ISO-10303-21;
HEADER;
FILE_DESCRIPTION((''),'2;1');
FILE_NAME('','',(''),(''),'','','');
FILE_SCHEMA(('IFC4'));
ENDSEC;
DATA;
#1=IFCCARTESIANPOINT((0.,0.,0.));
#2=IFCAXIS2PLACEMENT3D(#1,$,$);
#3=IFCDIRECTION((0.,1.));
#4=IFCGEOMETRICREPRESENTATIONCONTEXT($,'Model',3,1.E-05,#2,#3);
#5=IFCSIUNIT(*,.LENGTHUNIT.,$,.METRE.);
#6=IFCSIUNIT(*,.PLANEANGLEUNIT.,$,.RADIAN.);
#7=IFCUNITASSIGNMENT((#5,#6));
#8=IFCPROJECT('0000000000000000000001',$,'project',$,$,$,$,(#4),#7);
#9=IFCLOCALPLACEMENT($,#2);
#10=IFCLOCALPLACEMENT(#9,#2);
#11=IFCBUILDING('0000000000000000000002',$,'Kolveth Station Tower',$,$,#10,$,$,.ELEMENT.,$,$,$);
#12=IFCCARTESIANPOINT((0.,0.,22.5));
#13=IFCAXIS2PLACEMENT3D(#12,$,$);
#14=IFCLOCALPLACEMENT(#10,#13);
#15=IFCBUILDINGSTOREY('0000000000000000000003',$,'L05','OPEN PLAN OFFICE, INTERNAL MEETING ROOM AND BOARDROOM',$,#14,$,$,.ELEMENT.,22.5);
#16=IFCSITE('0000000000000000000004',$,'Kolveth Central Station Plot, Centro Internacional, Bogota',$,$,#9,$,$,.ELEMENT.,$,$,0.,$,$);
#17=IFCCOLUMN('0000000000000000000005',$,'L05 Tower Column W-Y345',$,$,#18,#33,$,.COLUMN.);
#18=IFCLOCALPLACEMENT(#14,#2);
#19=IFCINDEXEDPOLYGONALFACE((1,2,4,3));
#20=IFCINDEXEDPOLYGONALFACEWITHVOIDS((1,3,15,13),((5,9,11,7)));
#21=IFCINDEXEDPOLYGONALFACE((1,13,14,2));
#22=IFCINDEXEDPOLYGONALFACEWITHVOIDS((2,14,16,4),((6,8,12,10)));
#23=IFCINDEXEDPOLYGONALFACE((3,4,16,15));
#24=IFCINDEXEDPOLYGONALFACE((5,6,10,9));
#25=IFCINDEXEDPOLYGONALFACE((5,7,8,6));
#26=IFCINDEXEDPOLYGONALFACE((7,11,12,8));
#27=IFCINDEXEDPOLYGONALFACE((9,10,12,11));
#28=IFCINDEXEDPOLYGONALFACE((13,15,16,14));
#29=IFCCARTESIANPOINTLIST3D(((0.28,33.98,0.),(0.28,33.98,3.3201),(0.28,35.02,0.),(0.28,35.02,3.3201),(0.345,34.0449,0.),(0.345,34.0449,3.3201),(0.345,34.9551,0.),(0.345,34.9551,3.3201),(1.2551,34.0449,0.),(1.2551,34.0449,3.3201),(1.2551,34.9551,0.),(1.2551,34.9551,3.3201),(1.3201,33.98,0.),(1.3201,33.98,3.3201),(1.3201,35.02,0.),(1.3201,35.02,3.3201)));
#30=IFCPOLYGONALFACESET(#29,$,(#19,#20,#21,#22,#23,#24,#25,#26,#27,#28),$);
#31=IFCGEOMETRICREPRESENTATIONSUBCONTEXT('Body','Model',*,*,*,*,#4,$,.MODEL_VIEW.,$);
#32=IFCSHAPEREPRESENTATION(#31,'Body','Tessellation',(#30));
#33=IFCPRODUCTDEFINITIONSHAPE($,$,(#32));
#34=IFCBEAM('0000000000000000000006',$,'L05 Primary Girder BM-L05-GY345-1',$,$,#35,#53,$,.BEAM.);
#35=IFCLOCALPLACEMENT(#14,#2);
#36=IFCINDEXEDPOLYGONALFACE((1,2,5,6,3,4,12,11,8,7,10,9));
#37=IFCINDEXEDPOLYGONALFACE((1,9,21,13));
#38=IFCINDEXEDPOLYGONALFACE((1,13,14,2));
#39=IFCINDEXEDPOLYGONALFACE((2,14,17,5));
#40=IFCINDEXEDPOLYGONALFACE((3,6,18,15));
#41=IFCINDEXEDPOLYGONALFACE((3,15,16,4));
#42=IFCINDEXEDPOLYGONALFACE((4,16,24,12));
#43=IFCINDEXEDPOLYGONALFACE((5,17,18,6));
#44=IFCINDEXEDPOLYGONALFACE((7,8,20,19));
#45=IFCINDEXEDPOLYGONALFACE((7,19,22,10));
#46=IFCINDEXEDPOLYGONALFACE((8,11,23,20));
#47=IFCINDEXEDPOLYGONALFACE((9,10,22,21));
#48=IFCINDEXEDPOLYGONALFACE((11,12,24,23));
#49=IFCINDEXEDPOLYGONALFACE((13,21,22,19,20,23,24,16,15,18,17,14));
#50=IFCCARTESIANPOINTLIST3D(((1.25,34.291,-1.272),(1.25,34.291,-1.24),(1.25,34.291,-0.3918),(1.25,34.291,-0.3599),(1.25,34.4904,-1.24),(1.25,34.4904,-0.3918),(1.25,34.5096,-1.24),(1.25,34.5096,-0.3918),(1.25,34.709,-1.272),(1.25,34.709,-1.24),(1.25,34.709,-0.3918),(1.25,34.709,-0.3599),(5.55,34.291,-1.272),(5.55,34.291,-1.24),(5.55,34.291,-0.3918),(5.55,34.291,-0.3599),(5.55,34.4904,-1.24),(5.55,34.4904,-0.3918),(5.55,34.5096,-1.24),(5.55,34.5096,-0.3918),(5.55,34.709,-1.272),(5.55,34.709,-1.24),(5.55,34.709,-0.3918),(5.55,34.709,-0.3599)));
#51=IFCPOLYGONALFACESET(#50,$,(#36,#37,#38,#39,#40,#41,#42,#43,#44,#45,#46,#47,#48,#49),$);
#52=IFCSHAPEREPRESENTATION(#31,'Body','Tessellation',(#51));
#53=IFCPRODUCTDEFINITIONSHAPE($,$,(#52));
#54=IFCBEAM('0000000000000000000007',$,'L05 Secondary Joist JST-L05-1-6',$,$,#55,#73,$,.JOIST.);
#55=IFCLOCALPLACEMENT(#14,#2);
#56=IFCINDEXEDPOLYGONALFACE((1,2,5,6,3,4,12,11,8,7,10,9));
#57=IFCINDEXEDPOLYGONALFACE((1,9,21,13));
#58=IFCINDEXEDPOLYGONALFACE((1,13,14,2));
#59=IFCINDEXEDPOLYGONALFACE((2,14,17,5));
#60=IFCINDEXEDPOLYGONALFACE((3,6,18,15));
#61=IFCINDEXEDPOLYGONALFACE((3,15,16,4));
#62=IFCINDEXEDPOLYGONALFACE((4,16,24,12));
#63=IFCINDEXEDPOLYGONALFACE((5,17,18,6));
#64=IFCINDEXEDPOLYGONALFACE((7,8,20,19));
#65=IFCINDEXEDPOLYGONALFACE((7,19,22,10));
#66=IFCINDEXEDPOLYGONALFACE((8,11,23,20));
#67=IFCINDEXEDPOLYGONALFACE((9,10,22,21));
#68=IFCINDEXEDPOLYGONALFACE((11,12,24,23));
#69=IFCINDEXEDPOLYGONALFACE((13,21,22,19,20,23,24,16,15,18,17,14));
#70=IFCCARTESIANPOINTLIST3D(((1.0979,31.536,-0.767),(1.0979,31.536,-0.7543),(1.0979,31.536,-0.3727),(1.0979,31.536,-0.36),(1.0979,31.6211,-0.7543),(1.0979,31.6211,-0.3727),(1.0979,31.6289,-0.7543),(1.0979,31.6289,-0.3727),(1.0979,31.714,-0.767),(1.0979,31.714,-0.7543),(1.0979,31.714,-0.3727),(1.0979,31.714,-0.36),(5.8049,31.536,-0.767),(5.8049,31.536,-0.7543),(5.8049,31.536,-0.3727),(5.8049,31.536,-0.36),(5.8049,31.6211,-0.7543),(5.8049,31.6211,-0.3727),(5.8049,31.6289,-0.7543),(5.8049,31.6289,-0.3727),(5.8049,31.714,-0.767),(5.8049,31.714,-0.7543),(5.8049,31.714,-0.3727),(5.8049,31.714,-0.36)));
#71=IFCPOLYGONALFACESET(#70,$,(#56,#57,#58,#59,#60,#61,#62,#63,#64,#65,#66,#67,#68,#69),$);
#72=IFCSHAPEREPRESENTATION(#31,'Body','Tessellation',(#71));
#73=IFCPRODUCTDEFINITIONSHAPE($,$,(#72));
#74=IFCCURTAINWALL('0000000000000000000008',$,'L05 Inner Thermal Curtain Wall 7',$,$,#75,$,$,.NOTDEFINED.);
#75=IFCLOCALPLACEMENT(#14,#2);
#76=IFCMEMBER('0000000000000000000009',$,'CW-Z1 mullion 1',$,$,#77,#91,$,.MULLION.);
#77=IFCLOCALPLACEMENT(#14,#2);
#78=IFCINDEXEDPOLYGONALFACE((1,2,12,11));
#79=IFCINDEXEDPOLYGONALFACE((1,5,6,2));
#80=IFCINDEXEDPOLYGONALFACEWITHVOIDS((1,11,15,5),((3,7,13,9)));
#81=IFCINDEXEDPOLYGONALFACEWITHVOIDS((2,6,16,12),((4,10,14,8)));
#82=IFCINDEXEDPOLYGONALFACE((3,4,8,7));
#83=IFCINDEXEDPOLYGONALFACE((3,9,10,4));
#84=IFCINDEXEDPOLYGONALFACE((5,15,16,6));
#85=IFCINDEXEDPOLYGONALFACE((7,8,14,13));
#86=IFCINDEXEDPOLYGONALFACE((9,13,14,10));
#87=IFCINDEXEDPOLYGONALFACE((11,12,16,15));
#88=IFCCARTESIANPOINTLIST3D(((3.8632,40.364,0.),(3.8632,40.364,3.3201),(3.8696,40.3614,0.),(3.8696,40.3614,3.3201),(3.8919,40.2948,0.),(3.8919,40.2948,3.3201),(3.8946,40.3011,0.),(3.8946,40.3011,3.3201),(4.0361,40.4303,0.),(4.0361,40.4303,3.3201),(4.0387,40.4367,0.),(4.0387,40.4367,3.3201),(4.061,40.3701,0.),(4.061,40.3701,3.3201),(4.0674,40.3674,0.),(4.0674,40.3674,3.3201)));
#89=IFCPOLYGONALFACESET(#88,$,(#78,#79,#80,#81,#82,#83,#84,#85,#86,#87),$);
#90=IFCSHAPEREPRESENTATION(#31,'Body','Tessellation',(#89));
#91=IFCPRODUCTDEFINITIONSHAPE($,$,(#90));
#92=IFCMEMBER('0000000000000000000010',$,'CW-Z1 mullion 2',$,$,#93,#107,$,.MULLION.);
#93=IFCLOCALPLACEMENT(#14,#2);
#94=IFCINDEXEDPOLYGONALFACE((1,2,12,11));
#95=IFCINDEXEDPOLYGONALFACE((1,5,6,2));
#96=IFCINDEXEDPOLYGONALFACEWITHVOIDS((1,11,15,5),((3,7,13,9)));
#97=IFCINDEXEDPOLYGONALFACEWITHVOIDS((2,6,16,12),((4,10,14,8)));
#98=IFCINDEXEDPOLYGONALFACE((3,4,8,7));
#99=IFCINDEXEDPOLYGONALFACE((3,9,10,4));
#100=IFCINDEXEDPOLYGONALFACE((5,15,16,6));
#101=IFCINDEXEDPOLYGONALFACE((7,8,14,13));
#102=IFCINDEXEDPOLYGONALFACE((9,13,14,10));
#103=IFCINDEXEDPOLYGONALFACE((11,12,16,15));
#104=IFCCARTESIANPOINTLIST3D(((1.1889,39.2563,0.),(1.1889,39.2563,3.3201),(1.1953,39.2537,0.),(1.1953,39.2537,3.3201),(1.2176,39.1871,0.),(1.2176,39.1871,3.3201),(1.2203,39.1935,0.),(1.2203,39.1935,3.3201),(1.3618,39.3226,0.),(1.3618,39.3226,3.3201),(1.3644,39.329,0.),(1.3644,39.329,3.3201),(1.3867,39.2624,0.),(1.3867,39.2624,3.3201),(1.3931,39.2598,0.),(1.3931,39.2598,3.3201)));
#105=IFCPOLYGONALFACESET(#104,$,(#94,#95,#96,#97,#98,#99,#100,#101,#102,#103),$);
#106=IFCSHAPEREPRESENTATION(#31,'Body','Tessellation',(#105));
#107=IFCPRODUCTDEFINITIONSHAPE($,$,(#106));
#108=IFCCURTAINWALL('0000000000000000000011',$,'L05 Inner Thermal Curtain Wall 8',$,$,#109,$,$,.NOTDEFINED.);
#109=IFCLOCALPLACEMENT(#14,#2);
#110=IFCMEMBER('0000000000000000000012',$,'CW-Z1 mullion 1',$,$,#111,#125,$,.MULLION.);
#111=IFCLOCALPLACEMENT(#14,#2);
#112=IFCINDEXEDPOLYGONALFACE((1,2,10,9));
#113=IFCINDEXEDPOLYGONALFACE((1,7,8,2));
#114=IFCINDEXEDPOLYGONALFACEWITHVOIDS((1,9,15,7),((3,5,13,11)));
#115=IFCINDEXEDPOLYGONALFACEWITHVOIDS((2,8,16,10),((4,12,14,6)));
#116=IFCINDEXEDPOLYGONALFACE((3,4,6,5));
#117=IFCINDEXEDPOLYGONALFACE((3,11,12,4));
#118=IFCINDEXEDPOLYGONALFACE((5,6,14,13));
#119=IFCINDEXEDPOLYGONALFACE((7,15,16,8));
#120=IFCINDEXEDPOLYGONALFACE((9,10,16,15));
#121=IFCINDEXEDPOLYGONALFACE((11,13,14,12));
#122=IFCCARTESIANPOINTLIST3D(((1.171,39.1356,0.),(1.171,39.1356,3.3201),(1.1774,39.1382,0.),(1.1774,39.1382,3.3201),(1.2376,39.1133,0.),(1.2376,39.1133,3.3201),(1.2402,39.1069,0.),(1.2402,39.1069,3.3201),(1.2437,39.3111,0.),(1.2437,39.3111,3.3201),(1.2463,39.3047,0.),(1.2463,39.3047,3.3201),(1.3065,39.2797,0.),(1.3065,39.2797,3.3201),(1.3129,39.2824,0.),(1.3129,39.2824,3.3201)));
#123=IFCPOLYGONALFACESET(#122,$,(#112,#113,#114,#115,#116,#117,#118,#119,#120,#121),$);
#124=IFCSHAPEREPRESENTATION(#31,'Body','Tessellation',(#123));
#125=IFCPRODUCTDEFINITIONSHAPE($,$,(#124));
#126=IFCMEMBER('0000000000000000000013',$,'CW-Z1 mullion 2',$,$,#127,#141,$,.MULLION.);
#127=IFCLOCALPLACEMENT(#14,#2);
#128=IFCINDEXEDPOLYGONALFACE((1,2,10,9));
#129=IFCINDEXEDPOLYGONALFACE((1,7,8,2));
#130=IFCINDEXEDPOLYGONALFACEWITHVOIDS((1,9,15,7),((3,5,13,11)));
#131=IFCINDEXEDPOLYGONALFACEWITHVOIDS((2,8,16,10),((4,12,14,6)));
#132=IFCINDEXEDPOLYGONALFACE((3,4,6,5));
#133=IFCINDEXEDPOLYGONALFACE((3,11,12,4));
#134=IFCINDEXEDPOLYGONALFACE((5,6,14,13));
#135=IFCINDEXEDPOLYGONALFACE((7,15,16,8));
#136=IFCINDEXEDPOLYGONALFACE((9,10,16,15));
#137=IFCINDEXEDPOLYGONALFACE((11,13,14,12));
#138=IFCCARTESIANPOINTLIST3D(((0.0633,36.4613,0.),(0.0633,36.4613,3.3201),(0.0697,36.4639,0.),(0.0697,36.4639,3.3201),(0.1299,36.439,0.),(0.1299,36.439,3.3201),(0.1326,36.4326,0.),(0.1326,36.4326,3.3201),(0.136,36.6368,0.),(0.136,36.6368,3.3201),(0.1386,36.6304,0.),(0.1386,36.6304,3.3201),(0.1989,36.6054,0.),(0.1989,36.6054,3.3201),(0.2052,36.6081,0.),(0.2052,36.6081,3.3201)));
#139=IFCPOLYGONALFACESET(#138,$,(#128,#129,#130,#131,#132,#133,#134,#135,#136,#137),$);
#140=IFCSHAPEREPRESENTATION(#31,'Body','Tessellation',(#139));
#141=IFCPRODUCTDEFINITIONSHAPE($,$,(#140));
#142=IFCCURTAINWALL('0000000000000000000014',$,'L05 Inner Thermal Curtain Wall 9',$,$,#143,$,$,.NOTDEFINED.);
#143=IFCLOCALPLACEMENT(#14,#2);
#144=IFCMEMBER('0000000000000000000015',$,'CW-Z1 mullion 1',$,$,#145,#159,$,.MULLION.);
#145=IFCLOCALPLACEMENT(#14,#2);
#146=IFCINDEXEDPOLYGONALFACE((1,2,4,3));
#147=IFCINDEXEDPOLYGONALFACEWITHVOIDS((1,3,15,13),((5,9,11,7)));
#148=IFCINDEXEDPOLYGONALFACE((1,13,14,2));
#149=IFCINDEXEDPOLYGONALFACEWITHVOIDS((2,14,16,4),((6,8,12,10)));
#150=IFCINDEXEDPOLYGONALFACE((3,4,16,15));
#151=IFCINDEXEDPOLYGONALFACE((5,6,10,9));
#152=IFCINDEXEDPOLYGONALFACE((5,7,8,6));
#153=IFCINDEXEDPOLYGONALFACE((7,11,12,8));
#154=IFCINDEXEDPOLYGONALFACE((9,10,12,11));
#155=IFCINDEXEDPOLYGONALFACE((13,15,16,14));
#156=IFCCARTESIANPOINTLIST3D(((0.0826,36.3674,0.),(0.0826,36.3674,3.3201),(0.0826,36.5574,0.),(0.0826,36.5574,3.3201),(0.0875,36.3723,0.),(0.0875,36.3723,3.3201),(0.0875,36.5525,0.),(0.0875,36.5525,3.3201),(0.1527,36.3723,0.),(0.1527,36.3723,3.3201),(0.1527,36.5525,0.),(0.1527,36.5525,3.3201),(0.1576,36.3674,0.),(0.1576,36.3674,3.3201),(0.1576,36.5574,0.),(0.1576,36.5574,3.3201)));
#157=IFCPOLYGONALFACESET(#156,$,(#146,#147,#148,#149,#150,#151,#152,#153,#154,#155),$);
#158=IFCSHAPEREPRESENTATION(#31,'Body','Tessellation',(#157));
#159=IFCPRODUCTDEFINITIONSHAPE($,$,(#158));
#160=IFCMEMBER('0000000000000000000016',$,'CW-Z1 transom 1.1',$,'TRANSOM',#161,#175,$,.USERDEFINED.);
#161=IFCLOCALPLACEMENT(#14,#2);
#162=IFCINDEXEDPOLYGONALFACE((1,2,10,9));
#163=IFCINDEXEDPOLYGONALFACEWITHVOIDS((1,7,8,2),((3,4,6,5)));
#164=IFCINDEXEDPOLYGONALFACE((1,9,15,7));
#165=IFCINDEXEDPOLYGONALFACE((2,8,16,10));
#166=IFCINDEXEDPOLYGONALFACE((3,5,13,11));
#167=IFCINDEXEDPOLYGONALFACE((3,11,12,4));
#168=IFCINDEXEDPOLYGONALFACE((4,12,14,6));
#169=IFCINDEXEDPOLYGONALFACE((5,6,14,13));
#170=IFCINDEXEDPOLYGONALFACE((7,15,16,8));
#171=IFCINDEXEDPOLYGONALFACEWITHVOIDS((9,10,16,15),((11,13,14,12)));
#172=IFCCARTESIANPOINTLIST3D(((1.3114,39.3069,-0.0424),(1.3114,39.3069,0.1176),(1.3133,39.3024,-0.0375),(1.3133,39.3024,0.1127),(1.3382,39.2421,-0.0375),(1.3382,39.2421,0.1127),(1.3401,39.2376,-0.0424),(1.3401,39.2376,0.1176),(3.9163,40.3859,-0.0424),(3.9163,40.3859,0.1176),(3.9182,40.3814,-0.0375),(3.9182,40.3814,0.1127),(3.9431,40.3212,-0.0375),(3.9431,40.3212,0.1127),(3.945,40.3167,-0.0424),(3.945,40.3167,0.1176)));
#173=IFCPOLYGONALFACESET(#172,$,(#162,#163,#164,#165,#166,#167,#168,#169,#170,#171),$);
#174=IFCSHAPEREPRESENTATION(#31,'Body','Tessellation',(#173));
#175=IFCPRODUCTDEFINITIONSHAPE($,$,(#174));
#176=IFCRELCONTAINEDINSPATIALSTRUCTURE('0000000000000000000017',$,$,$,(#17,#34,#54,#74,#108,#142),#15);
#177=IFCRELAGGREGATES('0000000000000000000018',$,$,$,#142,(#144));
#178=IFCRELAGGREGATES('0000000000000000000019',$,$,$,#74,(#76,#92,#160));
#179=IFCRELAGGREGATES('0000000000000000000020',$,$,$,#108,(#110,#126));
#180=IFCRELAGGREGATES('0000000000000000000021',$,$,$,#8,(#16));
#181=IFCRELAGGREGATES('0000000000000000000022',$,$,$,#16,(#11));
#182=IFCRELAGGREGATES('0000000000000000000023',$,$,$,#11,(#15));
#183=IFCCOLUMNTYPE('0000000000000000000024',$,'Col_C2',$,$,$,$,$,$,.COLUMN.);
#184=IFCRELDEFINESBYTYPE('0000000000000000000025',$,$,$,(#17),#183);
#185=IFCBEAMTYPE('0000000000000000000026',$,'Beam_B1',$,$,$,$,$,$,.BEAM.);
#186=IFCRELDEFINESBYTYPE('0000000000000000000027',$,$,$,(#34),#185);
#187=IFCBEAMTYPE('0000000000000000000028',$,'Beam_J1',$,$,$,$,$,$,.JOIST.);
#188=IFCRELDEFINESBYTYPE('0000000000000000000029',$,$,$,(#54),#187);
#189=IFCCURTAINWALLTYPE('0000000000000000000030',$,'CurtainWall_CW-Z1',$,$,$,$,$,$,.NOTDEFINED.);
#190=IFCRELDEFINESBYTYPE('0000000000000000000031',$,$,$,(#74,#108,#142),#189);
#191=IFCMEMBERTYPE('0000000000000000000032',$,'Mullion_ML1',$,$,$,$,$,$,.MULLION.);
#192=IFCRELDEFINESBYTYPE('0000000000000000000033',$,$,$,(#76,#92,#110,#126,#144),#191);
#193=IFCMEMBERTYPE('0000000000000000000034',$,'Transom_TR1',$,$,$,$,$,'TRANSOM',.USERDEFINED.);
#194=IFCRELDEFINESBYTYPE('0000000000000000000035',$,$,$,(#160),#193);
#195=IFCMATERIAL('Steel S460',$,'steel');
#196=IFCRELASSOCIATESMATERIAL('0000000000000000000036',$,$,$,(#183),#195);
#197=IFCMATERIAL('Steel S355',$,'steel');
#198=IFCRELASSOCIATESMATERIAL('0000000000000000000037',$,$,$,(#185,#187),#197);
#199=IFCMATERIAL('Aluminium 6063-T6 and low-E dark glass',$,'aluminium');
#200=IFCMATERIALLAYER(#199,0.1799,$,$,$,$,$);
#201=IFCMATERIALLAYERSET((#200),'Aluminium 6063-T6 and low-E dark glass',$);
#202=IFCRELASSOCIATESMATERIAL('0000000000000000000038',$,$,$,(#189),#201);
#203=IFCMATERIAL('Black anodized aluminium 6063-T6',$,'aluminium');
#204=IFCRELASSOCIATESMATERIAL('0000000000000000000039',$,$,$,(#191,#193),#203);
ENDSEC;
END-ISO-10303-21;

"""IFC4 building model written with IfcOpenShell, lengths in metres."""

from ifc_helpers import new_model, si_unit, direction, frame, origin, origin_2d, place, context, subcontext, project, spatial, hollow_rectangle, i_section, extrude, source, transform, mapped, material, layer, layer_set, material_profile, profile_set, type_object, element, aggregate, save


model = new_model("IFC4")

# Units and contexts
model_context = context("Model", 3, precision=1e-05, world=origin(), true_north=direction((0.0, 1.0)))
body_context = subcontext(model_context, "Body", "Model", "MODEL_VIEW")
ifc_project = project(units=[si_unit("LENGTHUNIT", "METRE"), si_unit("PLANEANGLEUNIT", "RADIAN")], contexts=[model_context])

# Site, building, storey
site_placement = place(None, origin())
site = spatial("IfcSite", under=ifc_project, at=site_placement, Name="Kolveth Central Station Plot, Centro Internacional, Bogota", CompositionType="ELEMENT", RefElevation=0.0)
building_placement = place(site_placement, origin())
building = spatial("IfcBuilding", under=site, at=building_placement, Name="Kolveth Station Tower", CompositionType="ELEMENT")
storey_placement = place(building_placement, frame((0.0, 0.0, 22.5)))
storey = spatial("IfcBuildingStorey", under=building, at=storey_placement, Name="L05", Description="OPEN PLAN OFFICE, INTERNAL MEETING ROOM AND BOARDROOM", CompositionType="ELEMENT", Elevation=22.5)

# Column
ifc_material_1 = material(Name="Steel S460", Category="steel")
ifc_material_profile_1 = material_profile(ifc_material_1, hollow_rectangle(XDim=1.04, YDim=1.04, WallThickness=0.0649, at=origin_2d()), Name="BOX1040x1040x65")
ifc_profile_set_1 = profile_set([ifc_material_profile_1], Name="Steel S460")
column_type = type_object("IfcColumnType", Name="Col_C2", PredefinedType="COLUMN", material=ifc_profile_set_1)
shared_shape_1 = source(origin(), body_context, "Body", "SweptSolid", [
    extrude(hollow_rectangle(XDim=1.04, YDim=1.04, WallThickness=0.0649, at=origin_2d()), origin(), (0.0, 0.0, 1.0), 3.3201),
])
column_placement = place(storey_placement, frame((0.8, 34.5, 0.0), z_axis=(0.0, 0.0, 1.0), x_axis=(1.0, 0.0, 0.0)))
element("IfcColumn", 1, at=column_placement, inside=storey, type_object=column_type, Name="L05 Tower Column W-Y345", PredefinedType="COLUMN", context=body_context, shape_type="MappedRepresentation", body=[
    mapped(shared_shape_1, transform((0.0, 0.0, 0.0), x_axis=(1.0, 0.0, 0.0), y_axis=(0.0, 1.0, 0.0), z_axis=(0.0, 0.0, 1.0), scale=1.0)),
])

# Beams
ifc_material_2 = material(Name="Steel S355", Category="steel")
ifc_material_profile_2 = material_profile(ifc_material_2, i_section(OverallWidth=0.418, OverallDepth=0.9121, WebThickness=0.0193, FlangeThickness=0.032, at=origin_2d()), Name="W920x342")
ifc_profile_set_2 = profile_set([ifc_material_profile_2], Name="Steel S355")
beam_type_1 = type_object("IfcBeamType", Name="Beam_B1", PredefinedType="BEAM", material=ifc_profile_set_2)
shared_shape_2 = source(origin(), body_context, "Body", "SweptSolid", [
    extrude(i_section(OverallWidth=0.418, OverallDepth=0.9121, WebThickness=0.0193, FlangeThickness=0.032, at=origin_2d()), origin(), (0.0, 0.0, 1.0), 4.3),
])
beam_1_placement = place(storey_placement, frame((1.25, 34.5, -0.8159), z_axis=(1.0, 0.0, 0.0), x_axis=(0.0, 1.0, 0.0)))
element("IfcBeam", 2, at=beam_1_placement, inside=storey, type_object=beam_type_1, Name="L05 Primary Girder BM-L05-GY345-1", PredefinedType="BEAM", context=body_context, shape_type="MappedRepresentation", body=[
    mapped(shared_shape_2, transform((0.0, 0.0, 0.0), x_axis=(1.0, 0.0, 0.0), y_axis=(0.0, 1.0, 0.0), z_axis=(0.0, 0.0, 1.0), scale=1.0)),
])
ifc_material_profile_3 = material_profile(ifc_material_2, i_section(OverallWidth=0.178, OverallDepth=0.407, WebThickness=0.0078, FlangeThickness=0.0127, at=origin_2d()), Name="W410x60")
ifc_profile_set_3 = profile_set([ifc_material_profile_3], Name="Steel S355")
beam_type_2 = type_object("IfcBeamType", Name="Beam_J1", PredefinedType="JOIST", material=ifc_profile_set_3)
shared_shape_3 = source(origin(), body_context, "Body", "SweptSolid", [
    extrude(i_section(OverallWidth=0.178, OverallDepth=0.407, WebThickness=0.0078, FlangeThickness=0.0127, at=origin_2d()), origin(), (0.0, 0.0, 1.0), 4.707),
])
beam_2_placement = place(storey_placement, frame((1.0979, 31.625, -0.5635), z_axis=(1.0, 0.0, 0.0), x_axis=(0.0, 1.0, 0.0)))
element("IfcBeam", 3, at=beam_2_placement, inside=storey, type_object=beam_type_2, Name="L05 Secondary Joist JST-L05-1-6", PredefinedType="JOIST", context=body_context, shape_type="MappedRepresentation", body=[
    mapped(shared_shape_3, transform((0.0, 0.0, 0.0), x_axis=(1.0, 0.0, 0.0), y_axis=(0.0, 1.0, 0.0), z_axis=(0.0, 0.0, 1.0), scale=1.0)),
])

# Curtain walls, members
ifc_material_3 = material(Name="Aluminium 6063-T6 and low-E dark glass", Category="aluminium")
ifc_layer_1 = layer(ifc_material_3, 0.1799)
ifc_layer_set_1 = layer_set([ifc_layer_1], Name="Aluminium 6063-T6 and low-E dark glass")
curtain_wall_type_1 = type_object("IfcCurtainWallType", Name="CurtainWall_CW-Z1", PredefinedType="NOTDEFINED", material=ifc_layer_set_1)
curtain_wall_1_placement = place(storey_placement, origin())
curtain_wall_1 = element("IfcCurtainWall", 4, at=curtain_wall_1_placement, inside=storey, type_object=curtain_wall_type_1, Name="L05 Inner Thermal Curtain Wall 7", PredefinedType="NOTDEFINED")
ifc_material_4 = material(Name="Black anodized aluminium 6063-T6", Category="aluminium")
ifc_material_profile_4 = material_profile(ifc_material_4, hollow_rectangle(XDim=0.075, YDim=0.1899, WallThickness=0.0049, at=origin_2d()), Name="ALU-75x190x5")
ifc_profile_set_4 = profile_set([ifc_material_profile_4], Name="Black anodized aluminium 6063-T6")
member_type_1 = type_object("IfcMemberType", Name="Mullion_ML1", PredefinedType="MULLION", material=ifc_profile_set_4)
shared_shape_4 = source(origin(), body_context, "Body", "SweptSolid", [
    extrude(hollow_rectangle(XDim=0.075, YDim=0.1899, WallThickness=0.0049, at=origin_2d()), origin(), (0.0, 0.0, 1.0), 3.3201),
])
member_1_placement = place(storey_placement, frame((3.9653, 40.3657, 0.0), z_axis=(0.0, 0.0, 1.0), x_axis=(0.382673, -0.923884, 0.0)))
member_1 = element("IfcMember", 5, at=member_1_placement, type_object=member_type_1, Name="CW-Z1 mullion 1", PredefinedType="MULLION", context=body_context, shape_type="MappedRepresentation", body=[
    mapped(shared_shape_4, transform((0.0, 0.0, 0.0), x_axis=(1.0, 0.0, 0.0), y_axis=(0.0, 1.0, 0.0), z_axis=(0.0, 0.0, 1.0), scale=1.0)),
])
member_2_placement = place(storey_placement, frame((1.291, 39.2581, 0.0), z_axis=(0.0, 0.0, 1.0), x_axis=(0.382673, -0.923884, 0.0)))
member_2 = element("IfcMember", 6, at=member_2_placement, type_object=member_type_1, Name="CW-Z1 mullion 2", PredefinedType="MULLION", context=body_context, shape_type="MappedRepresentation", body=[
    mapped(shared_shape_4, transform((0.0, 0.0, 0.0), x_axis=(1.0, 0.0, 0.0), y_axis=(0.0, 1.0, 0.0), z_axis=(0.0, 0.0, 1.0), scale=1.0)),
])
curtain_wall_2_placement = place(storey_placement, origin())
curtain_wall_2 = element("IfcCurtainWall", 7, at=curtain_wall_2_placement, inside=storey, type_object=curtain_wall_type_1, Name="L05 Inner Thermal Curtain Wall 8", PredefinedType="NOTDEFINED")
member_3_placement = place(storey_placement, frame((1.2419, 39.209, 0.0), z_axis=(0.0, 0.0, 1.0), x_axis=(0.923884, -0.382673, 0.0)))
member_3 = element("IfcMember", 8, at=member_3_placement, type_object=member_type_1, Name="CW-Z1 mullion 1", PredefinedType="MULLION", context=body_context, shape_type="MappedRepresentation", body=[
    mapped(shared_shape_4, transform((0.0, 0.0, 0.0), x_axis=(1.0, 0.0, 0.0), y_axis=(0.0, 1.0, 0.0), z_axis=(0.0, 0.0, 1.0), scale=1.0)),
])
member_4_placement = place(storey_placement, frame((0.1343, 36.5347, 0.0), z_axis=(0.0, 0.0, 1.0), x_axis=(0.923884, -0.382673, 0.0)))
member_4 = element("IfcMember", 9, at=member_4_placement, type_object=member_type_1, Name="CW-Z1 mullion 2", PredefinedType="MULLION", context=body_context, shape_type="MappedRepresentation", body=[
    mapped(shared_shape_4, transform((0.0, 0.0, 0.0), x_axis=(1.0, 0.0, 0.0), y_axis=(0.0, 1.0, 0.0), z_axis=(0.0, 0.0, 1.0), scale=1.0)),
])

# Curtain wall, member
curtain_wall_3_placement = place(storey_placement, origin())
curtain_wall_3 = element("IfcCurtainWall", 10, at=curtain_wall_3_placement, inside=storey, type_object=curtain_wall_type_1, Name="L05 Inner Thermal Curtain Wall 9", PredefinedType="NOTDEFINED")
member_5_placement = place(storey_placement, frame((0.1201, 36.4624, 0.0), z_axis=(0.0, 0.0, 1.0), x_axis=(1.0, 0.0, 0.0)))
member_5 = element("IfcMember", 11, at=member_5_placement, type_object=member_type_1, Name="CW-Z1 mullion 1", PredefinedType="MULLION", context=body_context, shape_type="MappedRepresentation", body=[
    mapped(shared_shape_4, transform((0.0, 0.0, 0.0), x_axis=(1.0, 0.0, 0.0), y_axis=(0.0, 1.0, 0.0), z_axis=(0.0, 0.0, 1.0), scale=1.0)),
])

# Member
ifc_material_profile_5 = material_profile(ifc_material_4, hollow_rectangle(XDim=0.075, YDim=0.1599, WallThickness=0.0049, at=origin_2d()), Name="ALU-75x160x5")
ifc_profile_set_5 = profile_set([ifc_material_profile_5], Name="Black anodized aluminium 6063-T6")
member_type_2 = type_object("IfcMemberType", Name="Transom_TR1", ElementType="TRANSOM", PredefinedType="USERDEFINED", material=ifc_profile_set_5)
shared_shape_5 = source(origin(), body_context, "Body", "SweptSolid", [
    extrude(hollow_rectangle(XDim=0.075, YDim=0.1599, WallThickness=0.0049, at=origin_2d()), origin(), (0.0, 0.0, 1.0), 2.8196),
])
member_6_placement = place(storey_placement, frame((3.9307, 40.3513, 0.0376), z_axis=(-0.923869, -0.382709, 0.0), x_axis=(0.382709, -0.923869, 0.0)))
member_6 = element("IfcMember", 12, at=member_6_placement, type_object=member_type_2, Name="CW-Z1 transom 1.1", ObjectType="TRANSOM", PredefinedType="USERDEFINED", context=body_context, shape_type="MappedRepresentation", body=[
    mapped(shared_shape_5, transform((0.0, 0.0, 0.0), x_axis=(1.0, 0.0, 0.0), y_axis=(0.0, 1.0, 0.0), z_axis=(0.0, 0.0, 1.0), scale=1.0)),
])
aggregate(curtain_wall_3, [member_5])

aggregate(curtain_wall_1, [member_1, member_2, member_6])
aggregate(curtain_wall_2, [member_3, member_4])

save(model, "model.ifc")
